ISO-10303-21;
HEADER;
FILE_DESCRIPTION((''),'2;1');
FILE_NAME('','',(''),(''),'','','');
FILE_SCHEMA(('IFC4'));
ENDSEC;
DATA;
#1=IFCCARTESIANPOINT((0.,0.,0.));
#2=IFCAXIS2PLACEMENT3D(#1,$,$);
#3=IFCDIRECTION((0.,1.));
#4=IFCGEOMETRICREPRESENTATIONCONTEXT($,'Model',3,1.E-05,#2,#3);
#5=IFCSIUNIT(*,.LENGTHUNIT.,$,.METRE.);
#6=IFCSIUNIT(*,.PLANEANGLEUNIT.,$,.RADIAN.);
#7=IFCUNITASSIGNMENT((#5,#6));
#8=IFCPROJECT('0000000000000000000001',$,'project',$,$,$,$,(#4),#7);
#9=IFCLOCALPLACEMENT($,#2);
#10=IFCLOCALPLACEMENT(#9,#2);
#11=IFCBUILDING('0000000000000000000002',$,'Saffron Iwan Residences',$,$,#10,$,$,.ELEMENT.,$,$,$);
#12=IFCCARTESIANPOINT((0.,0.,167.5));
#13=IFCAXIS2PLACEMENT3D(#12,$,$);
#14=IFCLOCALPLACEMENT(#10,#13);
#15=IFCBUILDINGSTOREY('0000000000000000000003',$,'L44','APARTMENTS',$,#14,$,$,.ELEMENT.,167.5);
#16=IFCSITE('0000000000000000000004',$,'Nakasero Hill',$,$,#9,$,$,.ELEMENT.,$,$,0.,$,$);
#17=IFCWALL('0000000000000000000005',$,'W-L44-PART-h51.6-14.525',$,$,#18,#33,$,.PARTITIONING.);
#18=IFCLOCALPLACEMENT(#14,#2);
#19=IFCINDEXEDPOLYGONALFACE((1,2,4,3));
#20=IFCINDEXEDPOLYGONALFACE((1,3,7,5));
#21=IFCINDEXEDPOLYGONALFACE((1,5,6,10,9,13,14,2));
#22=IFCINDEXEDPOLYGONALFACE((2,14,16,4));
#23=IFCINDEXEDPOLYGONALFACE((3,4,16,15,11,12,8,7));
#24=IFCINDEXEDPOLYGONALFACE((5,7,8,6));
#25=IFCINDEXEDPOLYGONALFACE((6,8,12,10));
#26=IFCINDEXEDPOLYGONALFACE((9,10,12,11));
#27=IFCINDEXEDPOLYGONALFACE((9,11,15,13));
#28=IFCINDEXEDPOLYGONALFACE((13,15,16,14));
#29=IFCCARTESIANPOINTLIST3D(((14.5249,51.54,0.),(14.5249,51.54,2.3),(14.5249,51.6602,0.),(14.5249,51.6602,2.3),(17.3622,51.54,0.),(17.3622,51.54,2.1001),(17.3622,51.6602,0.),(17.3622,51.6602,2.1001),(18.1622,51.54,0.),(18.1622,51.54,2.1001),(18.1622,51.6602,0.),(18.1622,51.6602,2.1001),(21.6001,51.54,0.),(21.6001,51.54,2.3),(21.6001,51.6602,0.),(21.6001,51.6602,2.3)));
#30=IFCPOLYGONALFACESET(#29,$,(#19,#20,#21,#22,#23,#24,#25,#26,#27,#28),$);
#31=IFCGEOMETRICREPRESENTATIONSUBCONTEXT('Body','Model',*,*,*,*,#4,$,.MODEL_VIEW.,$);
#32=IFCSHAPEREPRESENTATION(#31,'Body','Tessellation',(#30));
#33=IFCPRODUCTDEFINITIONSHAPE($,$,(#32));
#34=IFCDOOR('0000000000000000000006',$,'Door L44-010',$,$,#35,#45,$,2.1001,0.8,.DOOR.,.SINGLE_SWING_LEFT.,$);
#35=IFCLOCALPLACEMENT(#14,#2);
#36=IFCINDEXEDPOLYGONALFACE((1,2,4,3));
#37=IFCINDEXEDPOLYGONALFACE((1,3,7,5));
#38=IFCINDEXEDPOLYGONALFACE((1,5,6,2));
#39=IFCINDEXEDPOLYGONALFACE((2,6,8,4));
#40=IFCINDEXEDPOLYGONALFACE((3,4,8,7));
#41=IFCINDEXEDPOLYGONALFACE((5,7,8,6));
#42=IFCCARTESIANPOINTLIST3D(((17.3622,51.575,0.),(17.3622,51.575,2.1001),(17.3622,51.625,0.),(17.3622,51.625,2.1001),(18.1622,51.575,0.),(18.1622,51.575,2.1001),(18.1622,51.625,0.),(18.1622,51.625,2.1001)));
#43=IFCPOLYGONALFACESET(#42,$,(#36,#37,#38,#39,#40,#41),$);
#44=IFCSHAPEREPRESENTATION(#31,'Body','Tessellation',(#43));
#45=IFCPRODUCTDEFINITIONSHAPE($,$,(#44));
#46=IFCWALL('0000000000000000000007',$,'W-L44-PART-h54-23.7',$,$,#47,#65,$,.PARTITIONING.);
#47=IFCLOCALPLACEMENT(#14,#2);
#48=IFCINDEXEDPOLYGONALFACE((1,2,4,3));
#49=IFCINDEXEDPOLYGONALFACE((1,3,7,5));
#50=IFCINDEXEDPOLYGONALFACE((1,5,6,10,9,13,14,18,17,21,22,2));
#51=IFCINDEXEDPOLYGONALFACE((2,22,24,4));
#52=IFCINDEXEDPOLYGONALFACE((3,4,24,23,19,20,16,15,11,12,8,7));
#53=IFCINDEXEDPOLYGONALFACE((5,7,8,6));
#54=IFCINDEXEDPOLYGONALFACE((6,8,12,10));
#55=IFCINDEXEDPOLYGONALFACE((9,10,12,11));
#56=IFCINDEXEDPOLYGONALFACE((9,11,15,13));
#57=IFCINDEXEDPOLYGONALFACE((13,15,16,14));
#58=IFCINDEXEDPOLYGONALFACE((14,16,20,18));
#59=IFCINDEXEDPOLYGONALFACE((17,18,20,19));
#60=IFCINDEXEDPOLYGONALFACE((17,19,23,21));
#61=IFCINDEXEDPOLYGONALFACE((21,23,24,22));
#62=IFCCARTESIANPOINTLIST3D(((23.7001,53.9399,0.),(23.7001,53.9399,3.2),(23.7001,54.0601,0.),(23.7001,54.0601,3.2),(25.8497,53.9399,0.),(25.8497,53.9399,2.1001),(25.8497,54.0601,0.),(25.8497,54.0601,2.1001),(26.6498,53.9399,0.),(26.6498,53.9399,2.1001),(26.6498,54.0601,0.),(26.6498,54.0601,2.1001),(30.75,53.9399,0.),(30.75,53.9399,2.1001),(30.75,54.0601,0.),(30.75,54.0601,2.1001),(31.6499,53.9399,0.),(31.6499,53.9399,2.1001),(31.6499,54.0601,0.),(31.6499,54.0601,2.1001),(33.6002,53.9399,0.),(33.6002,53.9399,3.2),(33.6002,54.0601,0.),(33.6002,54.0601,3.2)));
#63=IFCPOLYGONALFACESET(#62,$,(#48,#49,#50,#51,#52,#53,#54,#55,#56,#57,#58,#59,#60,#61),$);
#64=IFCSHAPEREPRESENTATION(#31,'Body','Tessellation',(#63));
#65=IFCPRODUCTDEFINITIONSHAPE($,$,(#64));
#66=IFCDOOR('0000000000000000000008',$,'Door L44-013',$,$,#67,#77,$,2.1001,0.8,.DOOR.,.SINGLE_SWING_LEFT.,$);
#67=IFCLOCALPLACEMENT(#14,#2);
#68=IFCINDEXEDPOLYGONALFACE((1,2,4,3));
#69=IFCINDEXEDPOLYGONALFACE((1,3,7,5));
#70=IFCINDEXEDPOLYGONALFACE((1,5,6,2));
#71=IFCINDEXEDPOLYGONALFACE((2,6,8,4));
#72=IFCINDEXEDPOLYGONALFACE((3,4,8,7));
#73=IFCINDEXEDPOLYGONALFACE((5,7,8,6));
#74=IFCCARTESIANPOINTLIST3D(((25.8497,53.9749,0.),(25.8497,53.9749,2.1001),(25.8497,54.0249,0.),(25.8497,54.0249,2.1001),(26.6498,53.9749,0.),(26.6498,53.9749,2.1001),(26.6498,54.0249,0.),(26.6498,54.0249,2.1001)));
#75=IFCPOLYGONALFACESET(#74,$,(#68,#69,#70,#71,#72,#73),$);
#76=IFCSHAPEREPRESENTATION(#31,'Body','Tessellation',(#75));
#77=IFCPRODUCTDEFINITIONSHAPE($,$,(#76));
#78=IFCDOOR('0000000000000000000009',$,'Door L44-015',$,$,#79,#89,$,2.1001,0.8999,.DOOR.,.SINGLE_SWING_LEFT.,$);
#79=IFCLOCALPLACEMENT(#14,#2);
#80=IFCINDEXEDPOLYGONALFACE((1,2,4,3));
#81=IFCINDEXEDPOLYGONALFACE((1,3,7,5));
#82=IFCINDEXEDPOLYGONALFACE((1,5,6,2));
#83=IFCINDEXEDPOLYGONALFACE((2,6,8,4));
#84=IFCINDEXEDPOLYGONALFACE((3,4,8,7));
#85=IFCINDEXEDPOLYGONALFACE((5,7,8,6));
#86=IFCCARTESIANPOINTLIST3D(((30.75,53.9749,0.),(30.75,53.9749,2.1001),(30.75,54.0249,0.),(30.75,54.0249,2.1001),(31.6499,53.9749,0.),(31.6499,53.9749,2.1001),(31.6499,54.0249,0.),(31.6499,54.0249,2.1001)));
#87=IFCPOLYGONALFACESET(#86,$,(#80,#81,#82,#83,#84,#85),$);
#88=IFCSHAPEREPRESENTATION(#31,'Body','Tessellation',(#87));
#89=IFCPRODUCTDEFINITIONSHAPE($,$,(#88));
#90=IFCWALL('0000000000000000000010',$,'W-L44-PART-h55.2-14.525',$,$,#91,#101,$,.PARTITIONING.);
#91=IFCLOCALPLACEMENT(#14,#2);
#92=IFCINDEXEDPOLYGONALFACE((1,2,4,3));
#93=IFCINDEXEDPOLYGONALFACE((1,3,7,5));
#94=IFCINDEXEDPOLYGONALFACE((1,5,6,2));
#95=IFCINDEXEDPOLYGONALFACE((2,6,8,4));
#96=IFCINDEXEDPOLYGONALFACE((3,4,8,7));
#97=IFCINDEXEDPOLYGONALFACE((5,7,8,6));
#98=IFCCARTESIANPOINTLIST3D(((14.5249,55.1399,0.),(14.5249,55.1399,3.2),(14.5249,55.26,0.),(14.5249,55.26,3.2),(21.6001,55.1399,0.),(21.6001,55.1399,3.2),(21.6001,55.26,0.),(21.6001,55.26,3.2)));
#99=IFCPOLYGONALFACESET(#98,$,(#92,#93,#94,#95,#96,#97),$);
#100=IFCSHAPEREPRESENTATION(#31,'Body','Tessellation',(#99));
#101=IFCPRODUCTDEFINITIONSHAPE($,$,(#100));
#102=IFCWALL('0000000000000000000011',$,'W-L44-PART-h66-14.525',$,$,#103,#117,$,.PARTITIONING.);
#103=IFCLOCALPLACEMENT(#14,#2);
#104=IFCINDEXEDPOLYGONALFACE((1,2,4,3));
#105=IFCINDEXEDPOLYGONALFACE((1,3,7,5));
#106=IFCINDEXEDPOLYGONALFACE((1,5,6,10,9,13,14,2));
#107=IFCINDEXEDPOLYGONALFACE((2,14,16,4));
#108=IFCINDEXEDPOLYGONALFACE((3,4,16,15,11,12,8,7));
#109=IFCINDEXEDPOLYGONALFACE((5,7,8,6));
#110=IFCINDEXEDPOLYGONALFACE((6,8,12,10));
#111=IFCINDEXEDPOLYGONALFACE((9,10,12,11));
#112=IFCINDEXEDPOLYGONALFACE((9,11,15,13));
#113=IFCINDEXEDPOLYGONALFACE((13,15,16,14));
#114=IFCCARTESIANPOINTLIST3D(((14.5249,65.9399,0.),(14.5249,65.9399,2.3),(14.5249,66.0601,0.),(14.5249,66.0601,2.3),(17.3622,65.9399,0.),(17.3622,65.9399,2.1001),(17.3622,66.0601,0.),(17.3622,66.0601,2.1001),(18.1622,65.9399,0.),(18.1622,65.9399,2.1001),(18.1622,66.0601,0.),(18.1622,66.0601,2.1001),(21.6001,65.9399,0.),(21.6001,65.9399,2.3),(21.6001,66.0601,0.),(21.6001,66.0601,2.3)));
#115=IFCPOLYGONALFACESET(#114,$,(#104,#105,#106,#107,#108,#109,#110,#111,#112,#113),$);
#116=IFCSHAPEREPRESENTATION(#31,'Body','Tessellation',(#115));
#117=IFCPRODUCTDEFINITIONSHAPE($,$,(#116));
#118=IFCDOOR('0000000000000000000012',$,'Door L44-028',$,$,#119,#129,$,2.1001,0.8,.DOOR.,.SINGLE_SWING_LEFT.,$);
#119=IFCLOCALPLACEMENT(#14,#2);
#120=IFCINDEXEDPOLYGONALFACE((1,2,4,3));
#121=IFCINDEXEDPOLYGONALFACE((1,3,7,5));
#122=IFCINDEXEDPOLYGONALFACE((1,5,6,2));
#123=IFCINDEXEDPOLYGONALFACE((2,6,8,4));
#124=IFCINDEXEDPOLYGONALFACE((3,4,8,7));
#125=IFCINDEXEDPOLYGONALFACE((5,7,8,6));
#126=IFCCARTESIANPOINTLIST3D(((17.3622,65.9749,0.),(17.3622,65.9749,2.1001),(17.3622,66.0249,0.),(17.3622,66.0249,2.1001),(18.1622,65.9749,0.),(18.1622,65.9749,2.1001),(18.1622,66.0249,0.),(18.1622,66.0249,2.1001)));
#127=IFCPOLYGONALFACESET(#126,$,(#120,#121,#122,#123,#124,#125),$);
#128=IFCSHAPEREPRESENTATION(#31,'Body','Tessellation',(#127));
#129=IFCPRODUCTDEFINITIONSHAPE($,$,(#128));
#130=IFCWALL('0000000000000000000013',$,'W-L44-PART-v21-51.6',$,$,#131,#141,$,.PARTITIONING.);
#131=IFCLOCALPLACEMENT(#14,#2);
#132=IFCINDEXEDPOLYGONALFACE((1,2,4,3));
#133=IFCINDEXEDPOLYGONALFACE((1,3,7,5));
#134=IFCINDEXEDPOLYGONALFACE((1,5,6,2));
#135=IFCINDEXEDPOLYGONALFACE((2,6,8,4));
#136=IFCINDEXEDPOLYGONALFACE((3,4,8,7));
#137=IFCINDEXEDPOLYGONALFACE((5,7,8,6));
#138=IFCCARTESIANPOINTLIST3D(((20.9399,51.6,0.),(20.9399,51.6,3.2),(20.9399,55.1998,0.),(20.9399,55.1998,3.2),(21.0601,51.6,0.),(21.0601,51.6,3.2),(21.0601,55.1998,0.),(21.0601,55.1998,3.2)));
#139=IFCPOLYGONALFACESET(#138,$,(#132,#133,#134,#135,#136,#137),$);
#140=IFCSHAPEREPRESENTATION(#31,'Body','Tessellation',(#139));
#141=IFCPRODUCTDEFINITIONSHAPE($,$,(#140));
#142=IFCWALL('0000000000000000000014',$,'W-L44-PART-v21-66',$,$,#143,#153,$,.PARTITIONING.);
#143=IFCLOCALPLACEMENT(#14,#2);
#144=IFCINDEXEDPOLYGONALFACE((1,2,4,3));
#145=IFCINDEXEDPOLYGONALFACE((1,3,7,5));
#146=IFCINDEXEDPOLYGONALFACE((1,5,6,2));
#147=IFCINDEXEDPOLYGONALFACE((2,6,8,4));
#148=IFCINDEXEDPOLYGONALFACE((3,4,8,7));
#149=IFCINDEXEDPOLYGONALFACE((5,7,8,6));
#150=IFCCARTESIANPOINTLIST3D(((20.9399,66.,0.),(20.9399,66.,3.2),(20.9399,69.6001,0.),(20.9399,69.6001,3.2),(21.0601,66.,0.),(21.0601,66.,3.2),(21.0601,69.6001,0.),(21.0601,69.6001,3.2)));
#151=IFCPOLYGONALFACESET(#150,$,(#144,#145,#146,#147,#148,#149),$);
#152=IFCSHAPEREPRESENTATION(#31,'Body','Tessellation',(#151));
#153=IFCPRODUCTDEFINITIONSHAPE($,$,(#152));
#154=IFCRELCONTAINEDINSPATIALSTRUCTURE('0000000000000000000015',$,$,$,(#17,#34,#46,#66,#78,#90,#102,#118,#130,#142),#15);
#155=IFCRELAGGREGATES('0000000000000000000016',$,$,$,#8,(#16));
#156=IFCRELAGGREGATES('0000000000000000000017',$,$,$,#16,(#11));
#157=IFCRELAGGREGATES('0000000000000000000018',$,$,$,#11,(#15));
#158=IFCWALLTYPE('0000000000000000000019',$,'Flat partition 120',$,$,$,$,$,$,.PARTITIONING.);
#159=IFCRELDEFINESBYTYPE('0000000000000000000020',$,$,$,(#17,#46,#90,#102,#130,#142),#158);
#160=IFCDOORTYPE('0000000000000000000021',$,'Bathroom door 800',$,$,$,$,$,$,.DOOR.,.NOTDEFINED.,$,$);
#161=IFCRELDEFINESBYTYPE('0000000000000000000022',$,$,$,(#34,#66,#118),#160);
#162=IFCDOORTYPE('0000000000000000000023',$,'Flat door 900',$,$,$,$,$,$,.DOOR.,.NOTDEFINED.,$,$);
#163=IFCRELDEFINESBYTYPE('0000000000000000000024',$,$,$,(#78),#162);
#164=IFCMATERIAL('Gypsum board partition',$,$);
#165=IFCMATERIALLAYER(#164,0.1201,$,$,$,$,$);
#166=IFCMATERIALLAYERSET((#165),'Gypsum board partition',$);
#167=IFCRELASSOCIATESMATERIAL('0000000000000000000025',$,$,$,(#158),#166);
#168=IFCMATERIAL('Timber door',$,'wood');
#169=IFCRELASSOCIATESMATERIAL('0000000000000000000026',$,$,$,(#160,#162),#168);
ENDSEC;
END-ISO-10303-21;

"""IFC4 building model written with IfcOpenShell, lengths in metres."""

from ifc_helpers import new_model, si_unit, direction, frame, frame_2d, origin, place, context, subcontext, project, spatial, rectangle, extrude, material, layer, layer_set, type_object, element, fill, save


model = new_model("IFC4")

# Units and contexts
model_context = context("Model", 3, precision=1e-05, world=origin(), true_north=direction((0.0, 1.0)))
body_context = subcontext(model_context, "Body", "Model", "MODEL_VIEW")
ifc_project = project(units=[si_unit("LENGTHUNIT", "METRE"), si_unit("PLANEANGLEUNIT", "RADIAN")], contexts=[model_context])

# Site, building, storey
site_placement = place(None, origin())
site = spatial("IfcSite", under=ifc_project, at=site_placement, Name="Nakasero Hill", CompositionType="ELEMENT", RefElevation=0.0)
building_placement = place(site_placement, origin())
building = spatial("IfcBuilding", under=site, at=building_placement, Name="Saffron Iwan Residences", CompositionType="ELEMENT")
storey_placement = place(building_placement, frame((0.0, 0.0, 167.5)))
storey = spatial("IfcBuildingStorey", under=building, at=storey_placement, Name="L44", Description="APARTMENTS", CompositionType="ELEMENT", Elevation=167.5)

# Shared definitions
ifc_material_1 = material(Name="Gypsum board partition")
ifc_layer_1 = layer(ifc_material_1, 0.1201)
ifc_layer_set_1 = layer_set([ifc_layer_1], Name="Gypsum board partition")
wall_type_1 = type_object("IfcWallType", Name="Flat partition 120", PredefinedType="PARTITIONING", material=ifc_layer_set_1)

# Wall, opening, door
wall_1_placement = place(storey_placement, frame((14.5249, 51.6001, 0.0), z_axis=(0.0, 0.0, 1.0), x_axis=(1.0, 0.0, 0.0)))
wall_1 = element("IfcWall", 1, at=wall_1_placement, inside=storey, type_object=wall_type_1, Name="W-L44-PART-h51.6-14.525", PredefinedType="PARTITIONING", context=body_context, shape_type="SweptSolid", body=[
    extrude(rectangle(XDim=7.0752, YDim=0.1201, at=frame_2d((3.5376, 0.0))), origin(), (0.0, 0.0, 1.0), 2.3),
])
opening_1_placement = place(wall_1_placement, frame((2.8374, 0.0, 0.0)))
opening_1 = element("IfcOpeningElement", 2, at=opening_1_placement, cuts=wall_1, PredefinedType="OPENING", context=body_context, shape_type="SweptSolid", body=[
    extrude(rectangle(XDim=0.8, YDim=2.1001, at=frame_2d((0.3999, 1.05))), frame((0.0, 0.0701, 0.0), z_axis=(0.0, -1.0, 0.0), x_axis=(1.0, 0.0, 0.0)), (0.0, 0.0, 1.0), 0.1401),
])
ifc_material_2 = material(Name="Timber door", Category="wood")
door_type_1 = type_object("IfcDoorType", Name="Bathroom door 800", OperationType="NOTDEFINED", PredefinedType="DOOR", material=ifc_material_2)
door_1_placement = place(opening_1_placement, origin())
door_1 = element("IfcDoor", 3, at=door_1_placement, inside=storey, type_object=door_type_1, Name="Door L44-010", OperationType="SINGLE_SWING_LEFT", OverallHeight=2.1001, OverallWidth=0.8, PredefinedType="DOOR", context=body_context, shape_type="SweptSolid", body=[
    extrude(rectangle(XDim=0.8, YDim=2.1001, at=frame_2d((0.3999, 1.05))), frame((0.0, 0.0249, 0.0), z_axis=(0.0, -1.0, 0.0), x_axis=(1.0, 0.0, 0.0)), (0.0, 0.0, 1.0), 0.05),
])
fill(opening_1, door_1)

# Wall, openings, doors
wall_2_placement = place(storey_placement, frame((23.7, 54.0, 0.0), z_axis=(0.0, 0.0, 1.0), x_axis=(1.0, 0.0, 0.0)))
wall_2 = element("IfcWall", 4, at=wall_2_placement, inside=storey, type_object=wall_type_1, Name="W-L44-PART-h54-23.7", PredefinedType="PARTITIONING", context=body_context, shape_type="SweptSolid", body=[
    extrude(rectangle(XDim=9.9001, YDim=0.1201, at=frame_2d((4.9502, 0.0))), origin(), (0.0, 0.0, 1.0), 3.2),
])
opening_2_placement = place(wall_2_placement, frame((2.1499, 0.0, 0.0)))
opening_2 = element("IfcOpeningElement", 5, at=opening_2_placement, cuts=wall_2, PredefinedType="OPENING", context=body_context, shape_type="SweptSolid", body=[
    extrude(rectangle(XDim=0.8, YDim=2.1001, at=frame_2d((0.3999, 1.05))), frame((0.0, 0.0701, 0.0), z_axis=(0.0, -1.0, 0.0), x_axis=(1.0, 0.0, 0.0)), (0.0, 0.0, 1.0), 0.1401),
])
opening_3_placement = place(wall_2_placement, frame((7.05, 0.0, 0.0)))
opening_3 = element("IfcOpeningElement", 6, at=opening_3_placement, cuts=wall_2, PredefinedType="OPENING", context=body_context, shape_type="SweptSolid", body=[
    extrude(rectangle(XDim=0.8999, YDim=2.1001, at=frame_2d((0.45, 1.05))), frame((0.0, 0.0701, 0.0), z_axis=(0.0, -1.0, 0.0), x_axis=(1.0, 0.0, 0.0)), (0.0, 0.0, 1.0), 0.1401),
])
door_2_placement = place(opening_2_placement, origin())
door_2 = element("IfcDoor", 7, at=door_2_placement, inside=storey, type_object=door_type_1, Name="Door L44-013", OperationType="SINGLE_SWING_LEFT", OverallHeight=2.1001, OverallWidth=0.8, PredefinedType="DOOR", context=body_context, shape_type="SweptSolid", body=[
    extrude(rectangle(XDim=0.8, YDim=2.1001, at=frame_2d((0.3999, 1.05))), frame((0.0, 0.0249, 0.0), z_axis=(0.0, -1.0, 0.0), x_axis=(1.0, 0.0, 0.0)), (0.0, 0.0, 1.0), 0.05),
])
fill(opening_2, door_2)
door_type_2 = type_object("IfcDoorType", Name="Flat door 900", OperationType="NOTDEFINED", PredefinedType="DOOR", material=ifc_material_2)
door_3_placement = place(opening_3_placement, origin())
door_3 = element("IfcDoor", 8, at=door_3_placement, inside=storey, type_object=door_type_2, Name="Door L44-015", OperationType="SINGLE_SWING_LEFT", OverallHeight=2.1001, OverallWidth=0.8999, PredefinedType="DOOR", context=body_context, shape_type="SweptSolid", body=[
    extrude(rectangle(XDim=0.8999, YDim=2.1001, at=frame_2d((0.45, 1.05))), frame((0.0, 0.0249, 0.0), z_axis=(0.0, -1.0, 0.0), x_axis=(1.0, 0.0, 0.0)), (0.0, 0.0, 1.0), 0.05),
])
fill(opening_3, door_3)

# Wall
wall_3_placement = place(storey_placement, frame((14.5249, 55.2, 0.0), z_axis=(0.0, 0.0, 1.0), x_axis=(1.0, 0.0, 0.0)))
element("IfcWall", 9, at=wall_3_placement, inside=storey, type_object=wall_type_1, Name="W-L44-PART-h55.2-14.525", PredefinedType="PARTITIONING", context=body_context, shape_type="SweptSolid", body=[
    extrude(rectangle(XDim=7.0752, YDim=0.1201, at=frame_2d((3.5376, 0.0))), origin(), (0.0, 0.0, 1.0), 3.2),
])

# Wall, opening, door
wall_4_placement = place(storey_placement, frame((14.5249, 66.0, 0.0), z_axis=(0.0, 0.0, 1.0), x_axis=(1.0, 0.0, 0.0)))
wall_4 = element("IfcWall", 10, at=wall_4_placement, inside=storey, type_object=wall_type_1, Name="W-L44-PART-h66-14.525", PredefinedType="PARTITIONING", context=body_context, shape_type="SweptSolid", body=[
    extrude(rectangle(XDim=7.0752, YDim=0.1201, at=frame_2d((3.5376, 0.0))), origin(), (0.0, 0.0, 1.0), 2.3),
])
opening_4_placement = place(wall_4_placement, frame((2.8374, 0.0, 0.0)))
opening_4 = element("IfcOpeningElement", 11, at=opening_4_placement, cuts=wall_4, PredefinedType="OPENING", context=body_context, shape_type="SweptSolid", body=[
    extrude(rectangle(XDim=0.8, YDim=2.1001, at=frame_2d((0.3999, 1.05))), frame((0.0, 0.0701, 0.0), z_axis=(0.0, -1.0, 0.0), x_axis=(1.0, 0.0, 0.0)), (0.0, 0.0, 1.0), 0.1401),
])
door_4_placement = place(opening_4_placement, origin())
door_4 = element("IfcDoor", 12, at=door_4_placement, inside=storey, type_object=door_type_1, Name="Door L44-028", OperationType="SINGLE_SWING_LEFT", OverallHeight=2.1001, OverallWidth=0.8, PredefinedType="DOOR", context=body_context, shape_type="SweptSolid", body=[
    extrude(rectangle(XDim=0.8, YDim=2.1001, at=frame_2d((0.3999, 1.05))), frame((0.0, 0.0249, 0.0), z_axis=(0.0, -1.0, 0.0), x_axis=(1.0, 0.0, 0.0)), (0.0, 0.0, 1.0), 0.05),
])
fill(opening_4, door_4)

# Walls
wall_5_placement = place(storey_placement, frame((21.0, 51.6001, 0.0), z_axis=(0.0, 0.0, 1.0), x_axis=(0.0, 1.0, 0.0)))
element("IfcWall", 13, at=wall_5_placement, inside=storey, type_object=wall_type_1, Name="W-L44-PART-v21-51.6", PredefinedType="PARTITIONING", context=body_context, shape_type="SweptSolid", body=[
    extrude(rectangle(XDim=3.5999, YDim=0.1201, at=frame_2d((1.7998, 0.0))), origin(), (0.0, 0.0, 1.0), 3.2),
])
wall_6_placement = place(storey_placement, frame((21.0, 66.0, 0.0), z_axis=(0.0, 0.0, 1.0), x_axis=(0.0, 1.0, 0.0)))
element("IfcWall", 14, at=wall_6_placement, inside=storey, type_object=wall_type_1, Name="W-L44-PART-v21-66", PredefinedType="PARTITIONING", context=body_context, shape_type="SweptSolid", body=[
    extrude(rectangle(XDim=3.6001, YDim=0.1201, at=frame_2d((1.8, 0.0))), origin(), (0.0, 0.0, 1.0), 3.2),
])

save(model, "model.ifc")
